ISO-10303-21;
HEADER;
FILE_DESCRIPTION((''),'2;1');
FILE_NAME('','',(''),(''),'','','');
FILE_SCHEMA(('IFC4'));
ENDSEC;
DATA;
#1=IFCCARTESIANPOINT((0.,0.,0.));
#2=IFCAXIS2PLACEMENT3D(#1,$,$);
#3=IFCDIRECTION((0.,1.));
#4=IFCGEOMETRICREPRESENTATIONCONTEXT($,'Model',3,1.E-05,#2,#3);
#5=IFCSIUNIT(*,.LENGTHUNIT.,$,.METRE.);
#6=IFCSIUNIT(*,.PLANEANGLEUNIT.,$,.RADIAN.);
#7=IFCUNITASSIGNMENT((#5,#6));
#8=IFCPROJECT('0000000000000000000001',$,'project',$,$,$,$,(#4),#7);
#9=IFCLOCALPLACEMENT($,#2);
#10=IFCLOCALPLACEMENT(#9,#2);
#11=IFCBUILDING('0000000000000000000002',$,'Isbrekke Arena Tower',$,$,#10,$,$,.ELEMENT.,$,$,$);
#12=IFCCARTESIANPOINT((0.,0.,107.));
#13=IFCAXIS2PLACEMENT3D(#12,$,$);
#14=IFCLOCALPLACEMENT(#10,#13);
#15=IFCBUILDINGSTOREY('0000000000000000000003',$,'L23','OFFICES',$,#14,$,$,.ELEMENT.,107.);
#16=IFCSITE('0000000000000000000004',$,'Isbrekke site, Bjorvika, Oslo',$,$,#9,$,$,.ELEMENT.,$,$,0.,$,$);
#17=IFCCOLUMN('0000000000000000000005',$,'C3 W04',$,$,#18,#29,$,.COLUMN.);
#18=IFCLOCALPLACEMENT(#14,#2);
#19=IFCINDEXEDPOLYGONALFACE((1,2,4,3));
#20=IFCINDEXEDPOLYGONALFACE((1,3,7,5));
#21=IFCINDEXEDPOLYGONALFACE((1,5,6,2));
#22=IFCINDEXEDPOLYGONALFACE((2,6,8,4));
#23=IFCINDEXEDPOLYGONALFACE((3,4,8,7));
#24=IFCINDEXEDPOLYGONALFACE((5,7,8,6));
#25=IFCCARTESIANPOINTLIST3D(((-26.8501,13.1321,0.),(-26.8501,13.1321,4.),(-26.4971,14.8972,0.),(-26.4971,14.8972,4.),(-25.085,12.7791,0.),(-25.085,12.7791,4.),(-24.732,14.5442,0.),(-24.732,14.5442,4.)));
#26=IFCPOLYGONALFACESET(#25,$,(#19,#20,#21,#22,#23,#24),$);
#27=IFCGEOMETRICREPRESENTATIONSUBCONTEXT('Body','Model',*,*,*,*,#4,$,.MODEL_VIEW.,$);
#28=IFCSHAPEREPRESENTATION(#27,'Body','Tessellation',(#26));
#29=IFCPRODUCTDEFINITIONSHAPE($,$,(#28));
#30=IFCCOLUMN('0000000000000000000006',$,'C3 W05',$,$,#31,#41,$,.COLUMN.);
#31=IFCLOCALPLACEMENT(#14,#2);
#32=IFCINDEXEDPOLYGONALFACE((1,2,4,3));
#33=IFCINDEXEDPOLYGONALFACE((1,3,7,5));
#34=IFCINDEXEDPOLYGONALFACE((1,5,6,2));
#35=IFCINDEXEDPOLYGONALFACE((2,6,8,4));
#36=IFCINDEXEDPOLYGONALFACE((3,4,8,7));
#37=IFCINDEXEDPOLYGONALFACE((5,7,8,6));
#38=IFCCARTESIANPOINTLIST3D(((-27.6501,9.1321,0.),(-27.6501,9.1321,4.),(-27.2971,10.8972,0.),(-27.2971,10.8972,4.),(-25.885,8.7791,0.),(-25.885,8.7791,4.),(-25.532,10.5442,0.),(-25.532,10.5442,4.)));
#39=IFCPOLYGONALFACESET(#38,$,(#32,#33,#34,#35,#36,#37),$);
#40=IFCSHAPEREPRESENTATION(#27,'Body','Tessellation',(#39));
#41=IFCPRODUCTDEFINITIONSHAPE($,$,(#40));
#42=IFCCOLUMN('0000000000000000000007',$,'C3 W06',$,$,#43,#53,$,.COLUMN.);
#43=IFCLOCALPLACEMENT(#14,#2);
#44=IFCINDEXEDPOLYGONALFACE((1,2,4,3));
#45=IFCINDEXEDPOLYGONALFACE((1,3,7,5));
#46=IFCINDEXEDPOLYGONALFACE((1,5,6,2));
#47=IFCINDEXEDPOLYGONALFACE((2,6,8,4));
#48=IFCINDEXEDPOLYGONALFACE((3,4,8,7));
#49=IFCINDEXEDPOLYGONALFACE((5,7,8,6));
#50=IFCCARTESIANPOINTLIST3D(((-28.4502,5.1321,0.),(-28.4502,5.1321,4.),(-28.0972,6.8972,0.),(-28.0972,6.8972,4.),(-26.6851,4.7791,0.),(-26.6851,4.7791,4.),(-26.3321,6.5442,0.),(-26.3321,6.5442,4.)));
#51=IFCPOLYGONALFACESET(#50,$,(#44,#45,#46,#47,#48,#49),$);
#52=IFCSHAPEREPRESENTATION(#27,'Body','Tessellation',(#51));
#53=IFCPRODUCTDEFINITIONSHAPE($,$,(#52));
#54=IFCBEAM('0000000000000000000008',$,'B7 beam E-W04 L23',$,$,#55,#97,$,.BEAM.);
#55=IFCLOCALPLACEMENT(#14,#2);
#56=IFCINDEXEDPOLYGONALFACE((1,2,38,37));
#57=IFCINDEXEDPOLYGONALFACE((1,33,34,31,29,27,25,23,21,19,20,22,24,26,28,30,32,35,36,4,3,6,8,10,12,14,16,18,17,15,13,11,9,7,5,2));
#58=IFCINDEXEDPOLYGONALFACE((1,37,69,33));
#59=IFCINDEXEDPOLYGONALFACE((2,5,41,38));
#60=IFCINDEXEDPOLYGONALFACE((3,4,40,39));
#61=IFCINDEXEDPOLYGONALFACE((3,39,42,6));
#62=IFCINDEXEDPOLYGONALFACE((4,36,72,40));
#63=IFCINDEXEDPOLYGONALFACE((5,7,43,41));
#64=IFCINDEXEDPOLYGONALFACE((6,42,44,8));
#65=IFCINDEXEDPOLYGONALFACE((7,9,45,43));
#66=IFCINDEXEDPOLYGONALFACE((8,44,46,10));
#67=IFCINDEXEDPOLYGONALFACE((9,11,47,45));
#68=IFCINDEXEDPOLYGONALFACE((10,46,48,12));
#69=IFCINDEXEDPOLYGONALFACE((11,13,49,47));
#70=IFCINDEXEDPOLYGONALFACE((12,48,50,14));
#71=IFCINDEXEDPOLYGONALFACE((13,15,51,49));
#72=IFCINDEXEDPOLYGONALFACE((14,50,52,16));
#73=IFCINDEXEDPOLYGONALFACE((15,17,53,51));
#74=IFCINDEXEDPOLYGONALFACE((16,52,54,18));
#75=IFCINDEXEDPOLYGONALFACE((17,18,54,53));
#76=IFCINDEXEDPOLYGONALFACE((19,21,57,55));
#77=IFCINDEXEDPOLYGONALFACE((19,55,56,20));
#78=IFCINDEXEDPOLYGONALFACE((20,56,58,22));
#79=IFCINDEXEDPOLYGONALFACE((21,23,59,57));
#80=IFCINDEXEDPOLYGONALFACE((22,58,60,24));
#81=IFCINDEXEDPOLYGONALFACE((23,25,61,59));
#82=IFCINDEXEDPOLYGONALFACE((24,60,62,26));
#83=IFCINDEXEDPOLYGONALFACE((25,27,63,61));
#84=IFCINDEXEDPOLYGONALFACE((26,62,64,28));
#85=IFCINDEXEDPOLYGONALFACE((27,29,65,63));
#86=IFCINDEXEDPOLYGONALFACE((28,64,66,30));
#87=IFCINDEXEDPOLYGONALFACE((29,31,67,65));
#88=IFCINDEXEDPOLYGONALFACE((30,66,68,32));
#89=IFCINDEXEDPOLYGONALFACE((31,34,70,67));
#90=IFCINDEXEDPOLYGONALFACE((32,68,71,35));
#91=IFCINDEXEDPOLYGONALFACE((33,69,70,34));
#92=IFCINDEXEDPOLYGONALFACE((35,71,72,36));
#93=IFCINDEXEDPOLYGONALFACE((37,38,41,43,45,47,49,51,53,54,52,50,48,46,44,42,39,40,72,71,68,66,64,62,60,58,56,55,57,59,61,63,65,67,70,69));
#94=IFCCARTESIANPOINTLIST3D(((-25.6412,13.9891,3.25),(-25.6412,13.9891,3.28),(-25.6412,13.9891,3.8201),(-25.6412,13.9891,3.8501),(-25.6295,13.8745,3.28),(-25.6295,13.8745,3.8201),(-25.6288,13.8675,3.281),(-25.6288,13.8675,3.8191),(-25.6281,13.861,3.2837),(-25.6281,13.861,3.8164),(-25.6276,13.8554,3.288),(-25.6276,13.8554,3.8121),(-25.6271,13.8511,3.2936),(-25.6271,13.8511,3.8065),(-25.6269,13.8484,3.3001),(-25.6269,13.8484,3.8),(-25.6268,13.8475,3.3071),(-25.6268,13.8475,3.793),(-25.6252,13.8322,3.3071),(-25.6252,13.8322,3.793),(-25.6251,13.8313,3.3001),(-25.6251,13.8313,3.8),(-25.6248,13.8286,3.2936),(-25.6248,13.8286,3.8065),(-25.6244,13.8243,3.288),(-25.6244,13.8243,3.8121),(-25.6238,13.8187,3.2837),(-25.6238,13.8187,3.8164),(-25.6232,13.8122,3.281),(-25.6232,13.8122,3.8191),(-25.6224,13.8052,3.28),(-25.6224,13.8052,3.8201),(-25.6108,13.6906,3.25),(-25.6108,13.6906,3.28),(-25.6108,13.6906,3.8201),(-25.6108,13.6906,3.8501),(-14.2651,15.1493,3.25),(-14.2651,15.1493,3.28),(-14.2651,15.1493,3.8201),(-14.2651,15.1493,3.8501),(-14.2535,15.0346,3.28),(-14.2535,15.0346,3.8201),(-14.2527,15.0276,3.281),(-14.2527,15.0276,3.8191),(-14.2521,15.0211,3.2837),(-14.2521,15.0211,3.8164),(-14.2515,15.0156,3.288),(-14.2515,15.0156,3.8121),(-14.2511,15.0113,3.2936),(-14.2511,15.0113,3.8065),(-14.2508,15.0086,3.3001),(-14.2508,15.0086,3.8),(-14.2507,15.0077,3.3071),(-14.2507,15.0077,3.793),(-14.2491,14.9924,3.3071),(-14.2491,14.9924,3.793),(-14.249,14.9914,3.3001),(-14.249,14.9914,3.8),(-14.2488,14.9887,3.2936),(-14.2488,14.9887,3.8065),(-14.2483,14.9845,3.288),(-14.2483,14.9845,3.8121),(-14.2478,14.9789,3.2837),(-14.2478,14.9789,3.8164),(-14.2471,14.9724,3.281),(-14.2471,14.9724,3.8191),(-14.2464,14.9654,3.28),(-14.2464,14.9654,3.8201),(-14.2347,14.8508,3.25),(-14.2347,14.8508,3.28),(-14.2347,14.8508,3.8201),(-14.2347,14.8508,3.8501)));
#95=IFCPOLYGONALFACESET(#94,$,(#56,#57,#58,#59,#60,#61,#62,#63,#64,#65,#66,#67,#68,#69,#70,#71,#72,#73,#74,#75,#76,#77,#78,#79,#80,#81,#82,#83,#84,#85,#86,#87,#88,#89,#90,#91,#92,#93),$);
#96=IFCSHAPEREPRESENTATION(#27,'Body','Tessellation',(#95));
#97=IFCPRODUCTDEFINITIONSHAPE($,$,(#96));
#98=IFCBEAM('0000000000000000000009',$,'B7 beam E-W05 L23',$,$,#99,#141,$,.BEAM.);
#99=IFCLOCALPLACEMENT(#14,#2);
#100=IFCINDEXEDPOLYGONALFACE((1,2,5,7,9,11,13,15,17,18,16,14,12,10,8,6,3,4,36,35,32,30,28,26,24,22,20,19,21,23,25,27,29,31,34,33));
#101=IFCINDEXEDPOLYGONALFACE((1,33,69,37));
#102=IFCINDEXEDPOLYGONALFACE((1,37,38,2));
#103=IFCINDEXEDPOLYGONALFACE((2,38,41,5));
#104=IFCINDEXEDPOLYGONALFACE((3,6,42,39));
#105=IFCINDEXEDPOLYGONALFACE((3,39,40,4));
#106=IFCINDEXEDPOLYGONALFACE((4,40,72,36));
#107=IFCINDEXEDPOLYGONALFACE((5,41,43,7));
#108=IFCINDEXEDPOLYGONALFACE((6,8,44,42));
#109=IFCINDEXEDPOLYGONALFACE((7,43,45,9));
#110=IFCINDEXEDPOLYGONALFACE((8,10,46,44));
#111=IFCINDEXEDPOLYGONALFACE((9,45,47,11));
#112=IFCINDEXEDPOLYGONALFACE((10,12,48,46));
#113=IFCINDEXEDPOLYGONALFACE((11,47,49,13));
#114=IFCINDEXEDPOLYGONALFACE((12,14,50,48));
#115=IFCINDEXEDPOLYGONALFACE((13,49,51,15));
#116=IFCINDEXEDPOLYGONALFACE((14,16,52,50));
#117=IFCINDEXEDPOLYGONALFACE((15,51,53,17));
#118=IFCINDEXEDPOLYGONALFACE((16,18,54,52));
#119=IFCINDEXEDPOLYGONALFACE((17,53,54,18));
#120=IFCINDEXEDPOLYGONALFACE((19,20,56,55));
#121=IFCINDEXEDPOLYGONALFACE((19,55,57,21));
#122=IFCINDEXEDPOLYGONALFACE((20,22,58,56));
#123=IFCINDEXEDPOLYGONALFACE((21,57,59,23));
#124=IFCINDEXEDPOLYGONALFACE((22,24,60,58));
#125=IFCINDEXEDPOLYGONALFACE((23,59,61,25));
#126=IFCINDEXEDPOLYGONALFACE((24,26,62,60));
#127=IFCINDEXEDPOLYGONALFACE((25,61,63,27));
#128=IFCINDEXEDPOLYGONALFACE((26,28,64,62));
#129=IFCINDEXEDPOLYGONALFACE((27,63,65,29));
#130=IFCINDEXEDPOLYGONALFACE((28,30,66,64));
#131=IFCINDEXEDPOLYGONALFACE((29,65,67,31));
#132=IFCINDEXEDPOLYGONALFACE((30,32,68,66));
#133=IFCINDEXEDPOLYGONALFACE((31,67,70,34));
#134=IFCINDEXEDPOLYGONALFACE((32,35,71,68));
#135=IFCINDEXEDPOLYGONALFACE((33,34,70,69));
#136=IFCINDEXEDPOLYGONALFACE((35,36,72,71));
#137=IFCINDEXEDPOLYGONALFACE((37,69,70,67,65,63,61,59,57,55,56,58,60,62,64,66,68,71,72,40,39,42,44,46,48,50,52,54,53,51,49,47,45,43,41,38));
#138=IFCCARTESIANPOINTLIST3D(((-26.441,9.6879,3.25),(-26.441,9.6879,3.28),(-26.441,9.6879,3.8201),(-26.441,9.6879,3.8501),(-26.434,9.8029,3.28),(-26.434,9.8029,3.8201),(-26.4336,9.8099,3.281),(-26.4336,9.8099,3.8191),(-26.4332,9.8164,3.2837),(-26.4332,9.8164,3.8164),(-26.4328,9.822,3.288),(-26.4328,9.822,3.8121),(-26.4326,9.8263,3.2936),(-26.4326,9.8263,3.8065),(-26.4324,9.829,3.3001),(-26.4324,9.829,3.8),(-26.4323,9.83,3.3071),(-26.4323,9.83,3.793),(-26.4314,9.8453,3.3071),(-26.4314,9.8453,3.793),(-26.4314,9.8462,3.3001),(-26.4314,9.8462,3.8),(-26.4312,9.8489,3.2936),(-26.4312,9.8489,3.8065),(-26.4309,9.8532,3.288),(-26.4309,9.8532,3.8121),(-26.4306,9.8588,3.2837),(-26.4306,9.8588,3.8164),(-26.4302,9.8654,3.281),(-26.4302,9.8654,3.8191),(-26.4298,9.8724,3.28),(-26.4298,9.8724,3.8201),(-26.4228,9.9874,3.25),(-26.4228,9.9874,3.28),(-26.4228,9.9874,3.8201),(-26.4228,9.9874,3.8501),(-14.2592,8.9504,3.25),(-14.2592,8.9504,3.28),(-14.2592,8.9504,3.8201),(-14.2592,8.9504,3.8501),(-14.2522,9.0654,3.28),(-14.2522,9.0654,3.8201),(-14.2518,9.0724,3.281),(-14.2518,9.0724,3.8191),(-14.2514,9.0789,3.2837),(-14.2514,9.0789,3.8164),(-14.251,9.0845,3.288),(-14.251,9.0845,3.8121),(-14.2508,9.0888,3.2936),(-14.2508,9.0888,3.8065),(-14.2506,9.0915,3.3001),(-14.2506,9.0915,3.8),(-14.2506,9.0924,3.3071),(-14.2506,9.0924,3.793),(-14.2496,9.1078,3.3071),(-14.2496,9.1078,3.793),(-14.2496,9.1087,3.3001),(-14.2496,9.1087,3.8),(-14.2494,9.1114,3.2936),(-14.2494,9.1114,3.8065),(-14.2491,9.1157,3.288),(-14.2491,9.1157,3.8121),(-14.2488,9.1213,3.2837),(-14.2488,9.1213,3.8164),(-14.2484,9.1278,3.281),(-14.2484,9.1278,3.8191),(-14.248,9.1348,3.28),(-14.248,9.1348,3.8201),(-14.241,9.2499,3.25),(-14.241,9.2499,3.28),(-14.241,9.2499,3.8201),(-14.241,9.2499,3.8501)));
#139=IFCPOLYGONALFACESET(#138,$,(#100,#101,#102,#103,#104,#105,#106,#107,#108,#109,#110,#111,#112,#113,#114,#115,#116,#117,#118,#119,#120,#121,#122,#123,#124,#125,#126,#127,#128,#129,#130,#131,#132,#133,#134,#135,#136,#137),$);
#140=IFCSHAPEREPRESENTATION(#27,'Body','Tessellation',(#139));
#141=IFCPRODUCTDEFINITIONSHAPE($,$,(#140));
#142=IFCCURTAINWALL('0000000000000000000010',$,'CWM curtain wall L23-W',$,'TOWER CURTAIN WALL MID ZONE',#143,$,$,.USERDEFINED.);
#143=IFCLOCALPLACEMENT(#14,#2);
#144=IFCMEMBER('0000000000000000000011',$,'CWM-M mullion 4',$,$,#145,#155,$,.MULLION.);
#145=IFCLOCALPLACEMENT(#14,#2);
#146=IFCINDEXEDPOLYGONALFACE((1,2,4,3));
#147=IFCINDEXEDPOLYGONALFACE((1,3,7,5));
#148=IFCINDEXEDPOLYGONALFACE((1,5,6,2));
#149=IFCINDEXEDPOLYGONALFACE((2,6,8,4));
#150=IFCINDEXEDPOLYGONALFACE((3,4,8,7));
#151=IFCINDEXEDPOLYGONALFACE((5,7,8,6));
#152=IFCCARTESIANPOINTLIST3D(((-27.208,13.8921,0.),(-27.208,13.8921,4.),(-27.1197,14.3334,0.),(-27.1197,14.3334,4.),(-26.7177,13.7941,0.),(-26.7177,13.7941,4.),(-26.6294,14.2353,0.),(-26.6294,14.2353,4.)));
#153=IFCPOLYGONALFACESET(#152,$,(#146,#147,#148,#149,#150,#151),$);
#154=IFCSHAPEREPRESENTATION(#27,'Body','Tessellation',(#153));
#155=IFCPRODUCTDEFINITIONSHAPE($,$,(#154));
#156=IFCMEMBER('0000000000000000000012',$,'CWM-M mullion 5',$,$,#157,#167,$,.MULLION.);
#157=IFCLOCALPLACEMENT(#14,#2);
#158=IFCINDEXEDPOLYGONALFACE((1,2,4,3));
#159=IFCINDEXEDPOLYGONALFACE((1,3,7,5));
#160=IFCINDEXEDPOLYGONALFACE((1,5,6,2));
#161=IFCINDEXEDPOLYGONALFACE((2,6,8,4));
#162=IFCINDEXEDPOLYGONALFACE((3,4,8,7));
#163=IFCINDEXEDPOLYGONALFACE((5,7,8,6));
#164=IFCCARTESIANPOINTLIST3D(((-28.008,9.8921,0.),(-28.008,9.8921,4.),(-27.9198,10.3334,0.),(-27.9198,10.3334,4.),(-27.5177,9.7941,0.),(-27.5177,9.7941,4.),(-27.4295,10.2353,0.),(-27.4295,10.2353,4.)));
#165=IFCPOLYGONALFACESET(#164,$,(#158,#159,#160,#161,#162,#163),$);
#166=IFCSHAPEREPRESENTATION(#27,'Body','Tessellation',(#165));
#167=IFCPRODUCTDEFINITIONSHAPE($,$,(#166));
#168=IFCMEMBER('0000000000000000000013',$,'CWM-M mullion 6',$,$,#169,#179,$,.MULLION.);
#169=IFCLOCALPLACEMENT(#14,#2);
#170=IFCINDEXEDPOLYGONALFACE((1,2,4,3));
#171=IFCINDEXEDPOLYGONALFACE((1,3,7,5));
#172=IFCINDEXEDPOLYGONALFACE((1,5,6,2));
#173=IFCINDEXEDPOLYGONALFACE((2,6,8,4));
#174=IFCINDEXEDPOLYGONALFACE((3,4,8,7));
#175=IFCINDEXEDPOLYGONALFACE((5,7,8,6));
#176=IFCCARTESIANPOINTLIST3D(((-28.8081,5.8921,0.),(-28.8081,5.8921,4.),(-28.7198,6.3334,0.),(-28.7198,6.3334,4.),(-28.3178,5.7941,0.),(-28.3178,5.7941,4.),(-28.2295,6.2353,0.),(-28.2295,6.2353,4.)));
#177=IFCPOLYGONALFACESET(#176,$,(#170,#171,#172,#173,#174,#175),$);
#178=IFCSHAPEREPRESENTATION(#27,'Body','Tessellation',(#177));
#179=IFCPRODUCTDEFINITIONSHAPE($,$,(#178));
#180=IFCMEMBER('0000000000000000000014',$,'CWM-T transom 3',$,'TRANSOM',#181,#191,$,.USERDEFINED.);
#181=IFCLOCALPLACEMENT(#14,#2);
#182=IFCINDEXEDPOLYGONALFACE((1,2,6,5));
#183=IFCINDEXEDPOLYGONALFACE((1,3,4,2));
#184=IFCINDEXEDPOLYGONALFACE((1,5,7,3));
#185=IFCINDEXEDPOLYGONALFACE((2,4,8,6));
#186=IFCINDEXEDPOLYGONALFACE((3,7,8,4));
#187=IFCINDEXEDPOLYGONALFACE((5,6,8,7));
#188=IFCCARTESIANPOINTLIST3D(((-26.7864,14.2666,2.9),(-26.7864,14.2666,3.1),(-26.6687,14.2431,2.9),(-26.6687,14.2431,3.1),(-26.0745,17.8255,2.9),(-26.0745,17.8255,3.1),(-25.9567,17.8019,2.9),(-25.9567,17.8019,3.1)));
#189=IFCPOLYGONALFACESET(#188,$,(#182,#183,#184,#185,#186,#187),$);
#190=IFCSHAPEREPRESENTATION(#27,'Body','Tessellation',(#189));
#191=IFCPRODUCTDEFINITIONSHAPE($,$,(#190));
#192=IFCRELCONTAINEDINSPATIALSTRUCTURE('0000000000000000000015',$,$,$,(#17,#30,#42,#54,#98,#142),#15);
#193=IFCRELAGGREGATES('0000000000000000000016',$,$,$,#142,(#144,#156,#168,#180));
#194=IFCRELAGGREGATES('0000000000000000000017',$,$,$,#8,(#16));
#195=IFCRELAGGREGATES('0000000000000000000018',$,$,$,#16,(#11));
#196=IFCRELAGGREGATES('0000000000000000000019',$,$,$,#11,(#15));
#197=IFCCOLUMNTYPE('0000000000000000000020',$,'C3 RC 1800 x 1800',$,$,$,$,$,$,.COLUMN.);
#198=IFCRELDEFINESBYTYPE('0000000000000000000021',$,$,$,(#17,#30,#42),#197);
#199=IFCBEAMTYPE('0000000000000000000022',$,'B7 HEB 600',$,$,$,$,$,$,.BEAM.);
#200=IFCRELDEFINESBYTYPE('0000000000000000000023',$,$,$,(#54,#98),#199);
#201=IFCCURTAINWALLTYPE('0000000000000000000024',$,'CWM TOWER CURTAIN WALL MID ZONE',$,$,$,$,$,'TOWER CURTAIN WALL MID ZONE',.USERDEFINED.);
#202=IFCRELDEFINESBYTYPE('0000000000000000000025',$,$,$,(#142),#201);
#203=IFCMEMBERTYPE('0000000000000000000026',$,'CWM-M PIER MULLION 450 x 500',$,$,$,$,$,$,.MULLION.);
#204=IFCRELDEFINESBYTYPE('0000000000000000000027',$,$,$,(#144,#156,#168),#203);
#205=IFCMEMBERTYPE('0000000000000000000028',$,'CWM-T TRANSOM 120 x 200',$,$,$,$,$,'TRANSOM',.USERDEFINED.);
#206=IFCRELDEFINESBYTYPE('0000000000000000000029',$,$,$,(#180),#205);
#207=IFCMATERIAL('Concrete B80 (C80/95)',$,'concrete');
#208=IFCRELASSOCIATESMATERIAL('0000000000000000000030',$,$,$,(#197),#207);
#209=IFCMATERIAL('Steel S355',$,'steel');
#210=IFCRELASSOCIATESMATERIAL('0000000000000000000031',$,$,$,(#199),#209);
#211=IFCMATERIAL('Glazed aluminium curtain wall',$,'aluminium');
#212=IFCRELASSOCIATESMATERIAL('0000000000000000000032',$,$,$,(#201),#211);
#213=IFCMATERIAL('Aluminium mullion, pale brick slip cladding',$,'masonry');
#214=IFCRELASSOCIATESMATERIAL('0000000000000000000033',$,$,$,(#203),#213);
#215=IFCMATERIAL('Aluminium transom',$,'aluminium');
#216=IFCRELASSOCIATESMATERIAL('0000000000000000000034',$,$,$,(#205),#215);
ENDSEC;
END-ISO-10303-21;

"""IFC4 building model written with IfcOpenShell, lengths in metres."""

from ifc_helpers import new_model, si_unit, direction, frame, origin, origin_2d, place, context, subcontext, project, spatial, rectangle, i_section, extrude, material, material_profile, profile_set, type_object, element, aggregate, save


model = new_model("IFC4")

# Units and contexts
model_context = context("Model", 3, precision=1e-05, world=origin(), true_north=direction((0.0, 1.0)))
body_context = subcontext(model_context, "Body", "Model", "MODEL_VIEW")
ifc_project = project(units=[si_unit("LENGTHUNIT", "METRE"), si_unit("PLANEANGLEUNIT", "RADIAN")], contexts=[model_context])

# Site, building, storey
site_placement = place(None, origin())
site = spatial("IfcSite", under=ifc_project, at=site_placement, Name="Isbrekke site, Bjorvika, Oslo", CompositionType="ELEMENT", RefElevation=0.0)
building_placement = place(site_placement, origin())
building = spatial("IfcBuilding", under=site, at=building_placement, Name="Isbrekke Arena Tower", CompositionType="ELEMENT")
storey_placement = place(building_placement, frame((0.0, 0.0, 107.0)))
storey = spatial("IfcBuildingStorey", under=building, at=storey_placement, Name="L23", Description="OFFICES", CompositionType="ELEMENT", Elevation=107.0)

# Columns
ifc_material_1 = material(Name="Concrete B80 (C80/95)", Category="concrete")
ifc_material_profile_1 = material_profile(ifc_material_1, rectangle(XDim=1.8, YDim=1.8, at=origin_2d()), Name="RC 1800x1800")
ifc_profile_set_1 = profile_set([ifc_material_profile_1], Name="Concrete B80 (C80/95)")
column_type = type_object("IfcColumnType", Name="C3 RC 1800 x 1800", PredefinedType="COLUMN", material=ifc_profile_set_1)
for number, where, z_axis, x_axis, name in (
    (1, (-25.791, 13.8381, 0.0), (0.0, 0.0, 1.0), (-0.196116, -0.980581, 0.0), "C3 W04"),
    (2, (-26.5911, 9.8381, 0.0), (0.0, 0.0, 1.0), (-0.196116, -0.980581, 0.0), "C3 W05"),
    (3, (-27.3911, 5.8381, 0.0), (0.0, 0.0, 1.0), (-0.196116, -0.980581, 0.0), "C3 W06"),
):
    element("IfcColumn", number, at=place(storey_placement, frame(where, z_axis=z_axis, x_axis=x_axis)), inside=storey, type_object=column_type, Name=name, PredefinedType="COLUMN", context=body_context, shape_type="SweptSolid", body=[
        extrude(rectangle(XDim=1.8, YDim=1.8, at=origin_2d()), origin(), (0.0, 0.0, 1.0), 4.0),
    ])

# Beams
ifc_material_2 = material(Name="Steel S355", Category="steel")
ifc_material_profile_2 = material_profile(ifc_material_2, i_section(OverallWidth=0.3, OverallDepth=0.6001, WebThickness=0.0154, FlangeThickness=0.03, FilletRadius=0.0271, at=origin_2d()), Name="HEB 600")
ifc_profile_set_2 = profile_set([ifc_material_profile_2], Name="Steel S355")
beam_type_1 = type_object("IfcBeamType", Name="B7 HEB 600", PredefinedType="BEAM", material=ifc_profile_set_2)
beam_1_placement = place(storey_placement, frame((-25.626, 13.8398, 3.55), z_axis=(0.99484, 0.101457, 0.0), x_axis=(-0.101457, 0.99484, 0.0)))
element("IfcBeam", 4, at=beam_1_placement, inside=storey, type_object=beam_type_1, Name="B7 beam E-W04 L23", PredefinedType="BEAM", context=body_context, shape_type="SweptSolid", body=[
    extrude(i_section(OverallWidth=0.3, OverallDepth=0.6001, WebThickness=0.0154, FlangeThickness=0.03, FilletRadius=0.0271, at=origin_2d()), origin(), (0.0, 0.0, 1.0), 11.4351),
])
beam_2_placement = place(storey_placement, frame((-26.4319, 9.8376, 3.55), z_axis=(0.998172, -0.060434, 0.0), x_axis=(0.060434, 0.998172, 0.0)))
element("IfcBeam", 5, at=beam_2_placement, inside=storey, type_object=beam_type_1, Name="B7 beam E-W05 L23", PredefinedType="BEAM", context=body_context, shape_type="SweptSolid", body=[
    extrude(i_section(OverallWidth=0.3, OverallDepth=0.6001, WebThickness=0.0154, FlangeThickness=0.03, FilletRadius=0.0271, at=origin_2d()), origin(), (0.0, 0.0, 1.0), 12.2041),
])

# Curtain wall, members
ifc_material_3 = material(Name="Glazed aluminium curtain wall", Category="aluminium")
curtain_wall_type = type_object("IfcCurtainWallType", Name="CWM TOWER CURTAIN WALL MID ZONE", ElementType="TOWER CURTAIN WALL MID ZONE", PredefinedType="USERDEFINED", material=ifc_material_3)
curtain_wall_placement = place(storey_placement, origin())
curtain_wall = element("IfcCurtainWall", 6, at=curtain_wall_placement, inside=storey, type_object=curtain_wall_type, Name="CWM curtain wall L23-W", ObjectType="TOWER CURTAIN WALL MID ZONE", PredefinedType="USERDEFINED")
ifc_material_4 = material(Name="Aluminium mullion, pale brick slip cladding", Category="masonry")
ifc_material_profile_3 = material_profile(ifc_material_4, rectangle(XDim=0.45, YDim=0.5, at=origin_2d()), Name="PIER 450X500")
ifc_profile_set_3 = profile_set([ifc_material_profile_3], Name="Aluminium mullion, pale brick slip cladding")
member_type_1 = type_object("IfcMemberType", Name="CWM-M PIER MULLION 450 x 500", PredefinedType="MULLION", material=ifc_profile_set_3)
member_1_placement = place(storey_placement, frame((-26.9187, 14.0637, 0.0), z_axis=(0.0, 0.0, 1.0), x_axis=(-0.196116, -0.980581, 0.0)))
member_1 = element("IfcMember", 7, at=member_1_placement, type_object=member_type_1, Name="CWM-M mullion 4", PredefinedType="MULLION", context=body_context, shape_type="SweptSolid", body=[
    extrude(rectangle(XDim=0.45, YDim=0.5, at=origin_2d()), origin(), (0.0, 0.0, 1.0), 4.0),
])
member_2_placement = place(storey_placement, frame((-27.7188, 10.0637, 0.0), z_axis=(0.0, 0.0, 1.0), x_axis=(-0.196116, -0.980581, 0.0)))
member_2 = element("IfcMember", 8, at=member_2_placement, type_object=member_type_1, Name="CWM-M mullion 5", PredefinedType="MULLION", context=body_context, shape_type="SweptSolid", body=[
    extrude(rectangle(XDim=0.45, YDim=0.5, at=origin_2d()), origin(), (0.0, 0.0, 1.0), 4.0),
])
member_3_placement = place(storey_placement, frame((-28.5188, 6.0637, 0.0), z_axis=(0.0, 0.0, 1.0), x_axis=(-0.196116, -0.980581, 0.0)))
member_3 = element("IfcMember", 9, at=member_3_placement, type_object=member_type_1, Name="CWM-M mullion 6", PredefinedType="MULLION", context=body_context, shape_type="SweptSolid", body=[
    extrude(rectangle(XDim=0.45, YDim=0.5, at=origin_2d()), origin(), (0.0, 0.0, 1.0), 4.0),
])
ifc_material_5 = material(Name="Aluminium transom", Category="aluminium")
ifc_material_profile_4 = material_profile(ifc_material_5, rectangle(XDim=0.1201, YDim=0.2, at=origin_2d()), Name="TRANSOM 120X200")
ifc_profile_set_4 = profile_set([ifc_material_profile_4], Name="Aluminium transom")
member_type_2 = type_object("IfcMemberType", Name="CWM-T TRANSOM 120 x 200", ElementType="TRANSOM", PredefinedType="USERDEFINED", material=ifc_profile_set_4)
member_4_placement = place(storey_placement, frame((-26.0156, 17.8137, 3.0), z_axis=(-0.196155, -0.980573, 0.0), x_axis=(0.980573, -0.196155, 0.0)))
member_4 = element("IfcMember", 10, at=member_4_placement, type_object=member_type_2, Name="CWM-T transom 3", ObjectType="TRANSOM", PredefinedType="USERDEFINED", context=body_context, shape_type="SweptSolid", body=[
    extrude(rectangle(XDim=0.1201, YDim=0.2, at=origin_2d()), origin(), (0.0, 0.0, 1.0), 3.6294),
])

aggregate(curtain_wall, [member_1, member_2, member_3, member_4])

save(model, "model.ifc")
